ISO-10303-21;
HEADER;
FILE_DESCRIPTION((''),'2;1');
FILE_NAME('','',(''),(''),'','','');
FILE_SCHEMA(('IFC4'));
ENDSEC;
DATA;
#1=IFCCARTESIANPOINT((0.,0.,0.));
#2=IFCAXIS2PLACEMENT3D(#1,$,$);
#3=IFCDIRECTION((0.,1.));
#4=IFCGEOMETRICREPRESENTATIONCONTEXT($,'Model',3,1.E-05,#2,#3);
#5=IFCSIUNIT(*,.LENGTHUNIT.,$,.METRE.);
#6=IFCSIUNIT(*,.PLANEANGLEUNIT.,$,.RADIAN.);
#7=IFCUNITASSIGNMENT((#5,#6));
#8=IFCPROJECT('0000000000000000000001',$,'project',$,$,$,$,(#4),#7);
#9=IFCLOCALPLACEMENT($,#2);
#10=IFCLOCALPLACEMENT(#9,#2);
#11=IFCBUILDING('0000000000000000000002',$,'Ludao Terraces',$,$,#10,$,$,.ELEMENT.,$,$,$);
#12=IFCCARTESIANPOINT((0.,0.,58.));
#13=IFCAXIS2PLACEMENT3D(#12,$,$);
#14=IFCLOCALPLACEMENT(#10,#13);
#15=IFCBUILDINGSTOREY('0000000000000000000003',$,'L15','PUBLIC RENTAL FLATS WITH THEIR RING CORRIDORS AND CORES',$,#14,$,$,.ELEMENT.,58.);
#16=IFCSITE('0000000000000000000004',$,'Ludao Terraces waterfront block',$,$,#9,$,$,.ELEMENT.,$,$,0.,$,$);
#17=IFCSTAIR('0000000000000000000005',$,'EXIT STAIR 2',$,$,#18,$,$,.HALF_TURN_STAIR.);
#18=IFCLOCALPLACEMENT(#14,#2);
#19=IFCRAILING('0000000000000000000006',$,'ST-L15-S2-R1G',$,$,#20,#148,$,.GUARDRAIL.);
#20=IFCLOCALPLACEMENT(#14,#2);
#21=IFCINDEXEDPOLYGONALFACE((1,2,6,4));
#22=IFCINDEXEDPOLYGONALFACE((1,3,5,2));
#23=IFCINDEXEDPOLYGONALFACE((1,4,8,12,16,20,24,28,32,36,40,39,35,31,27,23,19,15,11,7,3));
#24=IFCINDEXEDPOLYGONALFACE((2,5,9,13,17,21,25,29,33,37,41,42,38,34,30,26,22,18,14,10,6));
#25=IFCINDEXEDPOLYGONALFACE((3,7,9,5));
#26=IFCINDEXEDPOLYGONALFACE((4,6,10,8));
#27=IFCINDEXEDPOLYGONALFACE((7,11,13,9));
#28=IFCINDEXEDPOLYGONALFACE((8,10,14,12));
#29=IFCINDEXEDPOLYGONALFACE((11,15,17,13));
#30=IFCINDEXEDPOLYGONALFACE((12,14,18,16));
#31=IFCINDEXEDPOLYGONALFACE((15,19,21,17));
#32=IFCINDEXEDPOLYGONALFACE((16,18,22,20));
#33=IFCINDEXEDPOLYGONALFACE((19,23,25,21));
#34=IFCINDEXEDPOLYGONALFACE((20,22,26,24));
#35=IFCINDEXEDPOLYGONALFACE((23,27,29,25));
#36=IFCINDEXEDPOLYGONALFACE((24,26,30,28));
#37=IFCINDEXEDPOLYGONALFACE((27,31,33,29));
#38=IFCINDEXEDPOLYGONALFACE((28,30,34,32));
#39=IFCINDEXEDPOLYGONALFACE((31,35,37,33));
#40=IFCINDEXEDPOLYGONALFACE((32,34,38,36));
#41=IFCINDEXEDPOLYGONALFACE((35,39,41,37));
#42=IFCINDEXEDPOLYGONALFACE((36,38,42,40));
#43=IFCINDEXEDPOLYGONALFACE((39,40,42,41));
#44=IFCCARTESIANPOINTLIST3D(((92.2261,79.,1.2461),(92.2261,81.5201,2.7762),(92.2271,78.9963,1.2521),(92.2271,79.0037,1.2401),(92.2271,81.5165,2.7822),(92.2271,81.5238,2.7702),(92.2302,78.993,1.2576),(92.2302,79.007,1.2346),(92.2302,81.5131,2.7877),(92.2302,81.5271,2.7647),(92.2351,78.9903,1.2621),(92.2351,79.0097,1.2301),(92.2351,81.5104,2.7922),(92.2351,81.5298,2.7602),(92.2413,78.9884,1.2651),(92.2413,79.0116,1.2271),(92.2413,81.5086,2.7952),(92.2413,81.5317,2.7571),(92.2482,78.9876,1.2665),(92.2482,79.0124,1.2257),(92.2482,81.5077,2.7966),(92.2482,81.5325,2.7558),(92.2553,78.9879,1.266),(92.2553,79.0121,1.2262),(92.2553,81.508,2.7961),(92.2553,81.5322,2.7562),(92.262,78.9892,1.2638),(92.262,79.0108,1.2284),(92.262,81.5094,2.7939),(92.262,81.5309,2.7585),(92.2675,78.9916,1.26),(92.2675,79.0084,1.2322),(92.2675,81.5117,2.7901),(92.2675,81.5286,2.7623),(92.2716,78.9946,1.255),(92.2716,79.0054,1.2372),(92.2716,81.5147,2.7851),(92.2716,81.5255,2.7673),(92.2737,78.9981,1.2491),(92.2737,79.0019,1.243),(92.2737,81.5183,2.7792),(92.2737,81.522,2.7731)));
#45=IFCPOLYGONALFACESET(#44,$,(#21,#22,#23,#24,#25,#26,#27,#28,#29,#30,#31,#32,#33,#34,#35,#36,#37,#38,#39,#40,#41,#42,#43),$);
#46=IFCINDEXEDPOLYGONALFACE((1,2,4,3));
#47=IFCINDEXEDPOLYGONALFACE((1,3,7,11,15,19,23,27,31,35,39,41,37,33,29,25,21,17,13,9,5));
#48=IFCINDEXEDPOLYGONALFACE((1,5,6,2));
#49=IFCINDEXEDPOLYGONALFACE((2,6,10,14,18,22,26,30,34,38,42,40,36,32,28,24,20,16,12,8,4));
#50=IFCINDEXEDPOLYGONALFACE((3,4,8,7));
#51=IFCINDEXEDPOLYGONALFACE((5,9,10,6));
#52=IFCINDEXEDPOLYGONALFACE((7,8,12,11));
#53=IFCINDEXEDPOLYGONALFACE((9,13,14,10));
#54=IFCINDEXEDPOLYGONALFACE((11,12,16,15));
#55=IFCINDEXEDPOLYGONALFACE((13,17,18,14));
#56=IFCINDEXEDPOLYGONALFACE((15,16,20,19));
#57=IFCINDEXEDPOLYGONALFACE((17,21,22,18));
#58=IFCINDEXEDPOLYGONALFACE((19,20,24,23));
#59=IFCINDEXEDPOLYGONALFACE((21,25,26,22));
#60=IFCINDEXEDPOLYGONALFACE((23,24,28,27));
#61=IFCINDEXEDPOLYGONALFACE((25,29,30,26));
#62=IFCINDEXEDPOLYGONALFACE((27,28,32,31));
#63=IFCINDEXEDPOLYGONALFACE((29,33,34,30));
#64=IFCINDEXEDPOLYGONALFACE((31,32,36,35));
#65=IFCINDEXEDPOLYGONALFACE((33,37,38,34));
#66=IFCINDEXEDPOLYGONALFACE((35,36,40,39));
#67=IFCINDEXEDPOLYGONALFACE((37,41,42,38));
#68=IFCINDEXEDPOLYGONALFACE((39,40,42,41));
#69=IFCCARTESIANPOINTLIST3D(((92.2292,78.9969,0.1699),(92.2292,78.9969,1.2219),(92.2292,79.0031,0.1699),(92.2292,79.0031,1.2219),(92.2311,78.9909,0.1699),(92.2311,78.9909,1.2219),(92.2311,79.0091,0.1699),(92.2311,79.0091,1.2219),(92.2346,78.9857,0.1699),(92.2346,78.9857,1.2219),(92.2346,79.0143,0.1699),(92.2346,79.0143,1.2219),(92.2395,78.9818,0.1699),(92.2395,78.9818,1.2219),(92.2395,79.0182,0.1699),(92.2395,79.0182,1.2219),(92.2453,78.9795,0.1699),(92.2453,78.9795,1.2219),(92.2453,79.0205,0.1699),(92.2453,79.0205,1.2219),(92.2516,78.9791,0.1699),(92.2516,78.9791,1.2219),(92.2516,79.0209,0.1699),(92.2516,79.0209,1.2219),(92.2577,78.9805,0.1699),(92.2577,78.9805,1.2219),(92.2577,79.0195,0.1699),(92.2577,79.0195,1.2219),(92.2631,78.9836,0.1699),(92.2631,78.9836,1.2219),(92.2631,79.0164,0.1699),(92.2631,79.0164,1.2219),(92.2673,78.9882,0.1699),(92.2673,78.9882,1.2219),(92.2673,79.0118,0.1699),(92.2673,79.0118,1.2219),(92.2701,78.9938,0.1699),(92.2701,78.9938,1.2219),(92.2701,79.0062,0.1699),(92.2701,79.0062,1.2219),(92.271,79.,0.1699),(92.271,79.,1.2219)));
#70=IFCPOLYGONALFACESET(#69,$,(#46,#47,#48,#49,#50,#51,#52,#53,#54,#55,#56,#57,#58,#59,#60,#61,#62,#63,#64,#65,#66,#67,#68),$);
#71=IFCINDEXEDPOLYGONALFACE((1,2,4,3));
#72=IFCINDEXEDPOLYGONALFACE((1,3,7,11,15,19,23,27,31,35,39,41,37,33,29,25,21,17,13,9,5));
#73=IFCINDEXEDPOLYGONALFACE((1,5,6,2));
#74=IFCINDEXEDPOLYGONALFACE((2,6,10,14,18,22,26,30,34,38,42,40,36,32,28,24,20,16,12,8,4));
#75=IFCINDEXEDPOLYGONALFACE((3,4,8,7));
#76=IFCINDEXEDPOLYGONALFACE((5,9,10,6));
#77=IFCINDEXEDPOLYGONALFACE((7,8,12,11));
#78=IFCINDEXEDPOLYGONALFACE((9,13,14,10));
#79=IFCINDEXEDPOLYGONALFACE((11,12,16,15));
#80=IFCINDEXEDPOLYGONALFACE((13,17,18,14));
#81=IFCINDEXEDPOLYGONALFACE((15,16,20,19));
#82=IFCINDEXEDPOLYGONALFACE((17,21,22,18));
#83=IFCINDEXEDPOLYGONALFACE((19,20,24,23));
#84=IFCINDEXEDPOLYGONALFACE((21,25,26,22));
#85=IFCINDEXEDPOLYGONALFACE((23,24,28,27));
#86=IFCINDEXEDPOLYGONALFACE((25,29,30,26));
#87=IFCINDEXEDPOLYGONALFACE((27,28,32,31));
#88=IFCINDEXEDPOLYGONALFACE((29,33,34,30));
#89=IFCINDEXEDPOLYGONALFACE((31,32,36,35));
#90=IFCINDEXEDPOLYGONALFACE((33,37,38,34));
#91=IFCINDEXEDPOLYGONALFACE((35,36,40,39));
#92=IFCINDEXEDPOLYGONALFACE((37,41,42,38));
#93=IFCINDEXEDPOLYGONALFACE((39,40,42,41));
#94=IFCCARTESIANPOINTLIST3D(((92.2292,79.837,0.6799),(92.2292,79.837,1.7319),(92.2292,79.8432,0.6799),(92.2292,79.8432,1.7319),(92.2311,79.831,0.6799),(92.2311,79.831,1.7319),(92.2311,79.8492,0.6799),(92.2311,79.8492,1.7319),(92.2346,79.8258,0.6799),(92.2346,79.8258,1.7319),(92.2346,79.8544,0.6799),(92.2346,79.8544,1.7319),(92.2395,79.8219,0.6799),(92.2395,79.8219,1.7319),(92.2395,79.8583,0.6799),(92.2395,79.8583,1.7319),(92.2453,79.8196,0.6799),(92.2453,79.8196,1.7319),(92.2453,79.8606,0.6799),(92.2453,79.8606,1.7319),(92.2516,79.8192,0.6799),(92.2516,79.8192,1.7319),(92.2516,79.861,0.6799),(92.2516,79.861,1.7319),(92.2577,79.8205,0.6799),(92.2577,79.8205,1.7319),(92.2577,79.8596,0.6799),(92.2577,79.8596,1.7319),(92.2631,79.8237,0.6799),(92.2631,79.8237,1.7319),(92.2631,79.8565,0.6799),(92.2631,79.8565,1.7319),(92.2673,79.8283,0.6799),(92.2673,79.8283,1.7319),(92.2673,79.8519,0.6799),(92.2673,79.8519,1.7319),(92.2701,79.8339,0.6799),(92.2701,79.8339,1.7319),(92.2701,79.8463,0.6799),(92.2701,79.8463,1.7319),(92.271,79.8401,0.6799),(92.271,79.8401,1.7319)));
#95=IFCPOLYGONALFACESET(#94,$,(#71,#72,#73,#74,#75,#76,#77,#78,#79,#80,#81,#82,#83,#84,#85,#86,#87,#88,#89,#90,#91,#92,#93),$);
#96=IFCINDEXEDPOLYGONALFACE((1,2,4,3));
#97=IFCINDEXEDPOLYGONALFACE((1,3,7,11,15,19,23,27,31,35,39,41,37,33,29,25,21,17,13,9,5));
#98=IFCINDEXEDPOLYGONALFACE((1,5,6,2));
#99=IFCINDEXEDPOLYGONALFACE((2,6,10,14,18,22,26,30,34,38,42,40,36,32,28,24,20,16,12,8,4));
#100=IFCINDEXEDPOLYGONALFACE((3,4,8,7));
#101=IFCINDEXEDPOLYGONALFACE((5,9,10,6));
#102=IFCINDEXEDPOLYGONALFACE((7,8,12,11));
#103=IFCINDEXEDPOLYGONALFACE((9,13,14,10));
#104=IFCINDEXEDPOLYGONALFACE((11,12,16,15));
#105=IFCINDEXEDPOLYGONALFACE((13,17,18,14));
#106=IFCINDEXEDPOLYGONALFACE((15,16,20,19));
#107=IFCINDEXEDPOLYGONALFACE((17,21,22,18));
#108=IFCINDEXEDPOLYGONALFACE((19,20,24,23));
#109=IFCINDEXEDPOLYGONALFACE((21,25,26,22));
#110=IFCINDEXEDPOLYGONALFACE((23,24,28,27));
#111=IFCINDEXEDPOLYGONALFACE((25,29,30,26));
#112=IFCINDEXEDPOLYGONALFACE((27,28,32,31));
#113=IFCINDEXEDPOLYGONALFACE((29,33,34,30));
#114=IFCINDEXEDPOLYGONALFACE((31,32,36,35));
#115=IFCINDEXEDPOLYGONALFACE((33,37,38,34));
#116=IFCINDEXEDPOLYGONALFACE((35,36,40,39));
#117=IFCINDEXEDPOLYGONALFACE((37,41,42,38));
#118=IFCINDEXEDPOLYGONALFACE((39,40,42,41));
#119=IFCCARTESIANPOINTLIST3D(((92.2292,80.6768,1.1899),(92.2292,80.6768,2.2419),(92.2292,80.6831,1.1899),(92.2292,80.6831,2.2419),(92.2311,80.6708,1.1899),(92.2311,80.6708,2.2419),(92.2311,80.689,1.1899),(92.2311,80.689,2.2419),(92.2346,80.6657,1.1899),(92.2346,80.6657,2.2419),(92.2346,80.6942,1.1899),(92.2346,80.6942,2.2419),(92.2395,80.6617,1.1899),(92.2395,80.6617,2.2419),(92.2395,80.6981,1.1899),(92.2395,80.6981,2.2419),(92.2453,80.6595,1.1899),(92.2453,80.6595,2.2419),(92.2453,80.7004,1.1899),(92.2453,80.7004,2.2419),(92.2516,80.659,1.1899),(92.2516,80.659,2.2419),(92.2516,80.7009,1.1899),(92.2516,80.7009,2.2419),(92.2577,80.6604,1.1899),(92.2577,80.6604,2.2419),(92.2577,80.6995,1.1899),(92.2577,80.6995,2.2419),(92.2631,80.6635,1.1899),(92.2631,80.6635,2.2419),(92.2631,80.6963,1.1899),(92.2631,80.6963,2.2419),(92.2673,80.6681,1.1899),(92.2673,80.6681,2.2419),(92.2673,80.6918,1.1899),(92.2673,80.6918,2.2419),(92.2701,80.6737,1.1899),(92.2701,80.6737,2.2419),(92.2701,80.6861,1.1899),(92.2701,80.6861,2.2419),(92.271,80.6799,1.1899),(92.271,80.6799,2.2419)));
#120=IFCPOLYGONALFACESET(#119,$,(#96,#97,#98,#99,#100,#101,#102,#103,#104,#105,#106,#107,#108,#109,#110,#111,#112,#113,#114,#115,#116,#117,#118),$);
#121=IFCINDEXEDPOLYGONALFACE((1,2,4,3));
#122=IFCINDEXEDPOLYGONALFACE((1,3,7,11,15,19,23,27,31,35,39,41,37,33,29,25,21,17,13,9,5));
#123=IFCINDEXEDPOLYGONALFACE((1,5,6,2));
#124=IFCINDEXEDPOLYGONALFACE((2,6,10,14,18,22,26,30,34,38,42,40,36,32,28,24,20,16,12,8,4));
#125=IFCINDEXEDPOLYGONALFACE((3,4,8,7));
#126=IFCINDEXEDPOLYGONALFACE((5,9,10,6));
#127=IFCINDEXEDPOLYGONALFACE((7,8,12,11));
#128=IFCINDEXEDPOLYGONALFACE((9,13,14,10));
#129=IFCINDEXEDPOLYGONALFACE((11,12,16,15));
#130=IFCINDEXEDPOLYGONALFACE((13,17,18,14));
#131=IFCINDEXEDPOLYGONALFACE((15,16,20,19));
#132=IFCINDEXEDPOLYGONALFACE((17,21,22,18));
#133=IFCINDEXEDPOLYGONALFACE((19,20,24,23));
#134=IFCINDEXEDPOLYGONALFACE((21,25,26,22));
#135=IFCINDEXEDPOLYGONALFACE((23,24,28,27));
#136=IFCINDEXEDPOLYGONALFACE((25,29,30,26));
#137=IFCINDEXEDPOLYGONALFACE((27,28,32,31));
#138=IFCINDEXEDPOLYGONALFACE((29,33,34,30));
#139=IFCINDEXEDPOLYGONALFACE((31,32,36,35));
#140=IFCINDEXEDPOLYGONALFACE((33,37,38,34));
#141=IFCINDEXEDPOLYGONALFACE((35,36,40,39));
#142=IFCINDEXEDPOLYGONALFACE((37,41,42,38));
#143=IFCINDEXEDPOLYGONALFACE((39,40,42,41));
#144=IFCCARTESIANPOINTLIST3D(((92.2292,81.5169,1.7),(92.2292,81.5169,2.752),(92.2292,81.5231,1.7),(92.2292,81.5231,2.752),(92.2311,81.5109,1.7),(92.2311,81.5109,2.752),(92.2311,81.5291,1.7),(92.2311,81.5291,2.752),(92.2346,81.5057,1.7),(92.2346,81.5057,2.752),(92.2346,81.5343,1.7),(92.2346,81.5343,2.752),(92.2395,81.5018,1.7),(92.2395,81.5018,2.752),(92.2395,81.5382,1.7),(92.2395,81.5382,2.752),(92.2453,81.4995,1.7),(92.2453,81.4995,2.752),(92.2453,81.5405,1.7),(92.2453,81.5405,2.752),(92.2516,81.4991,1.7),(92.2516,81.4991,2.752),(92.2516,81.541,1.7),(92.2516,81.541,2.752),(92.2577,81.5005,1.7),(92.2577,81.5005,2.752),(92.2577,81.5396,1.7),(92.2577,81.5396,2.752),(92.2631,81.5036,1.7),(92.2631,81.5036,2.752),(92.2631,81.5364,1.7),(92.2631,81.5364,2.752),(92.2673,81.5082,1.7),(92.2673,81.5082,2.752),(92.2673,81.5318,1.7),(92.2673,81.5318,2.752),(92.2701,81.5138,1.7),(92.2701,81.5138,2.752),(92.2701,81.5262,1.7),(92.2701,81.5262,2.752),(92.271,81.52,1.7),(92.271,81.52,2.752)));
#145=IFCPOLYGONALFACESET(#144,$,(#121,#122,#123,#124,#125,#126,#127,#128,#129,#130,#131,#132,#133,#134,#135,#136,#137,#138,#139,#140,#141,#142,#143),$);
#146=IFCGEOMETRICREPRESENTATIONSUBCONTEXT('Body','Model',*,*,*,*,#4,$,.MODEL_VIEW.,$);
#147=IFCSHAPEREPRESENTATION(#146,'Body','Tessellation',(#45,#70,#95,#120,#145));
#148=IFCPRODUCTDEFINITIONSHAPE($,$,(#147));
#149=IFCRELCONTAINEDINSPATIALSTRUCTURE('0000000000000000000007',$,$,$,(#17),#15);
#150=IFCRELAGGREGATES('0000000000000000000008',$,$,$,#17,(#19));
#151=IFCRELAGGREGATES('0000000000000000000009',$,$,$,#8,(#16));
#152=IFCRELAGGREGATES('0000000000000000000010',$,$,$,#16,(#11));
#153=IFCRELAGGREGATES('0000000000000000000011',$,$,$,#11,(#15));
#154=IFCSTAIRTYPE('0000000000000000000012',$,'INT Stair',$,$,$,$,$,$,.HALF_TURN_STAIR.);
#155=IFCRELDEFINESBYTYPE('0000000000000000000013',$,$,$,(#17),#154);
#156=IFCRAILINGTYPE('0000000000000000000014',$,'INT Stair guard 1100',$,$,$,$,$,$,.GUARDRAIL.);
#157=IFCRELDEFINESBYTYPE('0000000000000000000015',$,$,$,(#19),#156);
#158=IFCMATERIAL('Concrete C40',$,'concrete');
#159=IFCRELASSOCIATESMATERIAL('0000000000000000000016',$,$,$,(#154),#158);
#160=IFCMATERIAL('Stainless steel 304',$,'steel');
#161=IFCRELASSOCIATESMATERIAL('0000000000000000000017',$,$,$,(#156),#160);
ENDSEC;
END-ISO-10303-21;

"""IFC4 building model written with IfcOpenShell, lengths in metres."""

from ifc_helpers import new_model, si_unit, direction, frame, origin, origin_2d, place, context, subcontext, project, spatial, circle, extrude, material, type_object, element, aggregate, save


model = new_model("IFC4")

# Units and contexts
model_context = context("Model", 3, precision=1e-05, world=origin(), true_north=direction((0.0, 1.0)))
body_context = subcontext(model_context, "Body", "Model", "MODEL_VIEW")
ifc_project = project(units=[si_unit("LENGTHUNIT", "METRE"), si_unit("PLANEANGLEUNIT", "RADIAN")], contexts=[model_context])

# Site, building, storey
site_placement = place(None, origin())
site = spatial("IfcSite", under=ifc_project, at=site_placement, Name="Ludao Terraces waterfront block", CompositionType="ELEMENT", RefElevation=0.0)
building_placement = place(site_placement, origin())
building = spatial("IfcBuilding", under=site, at=building_placement, Name="Ludao Terraces", CompositionType="ELEMENT")
storey_placement = place(building_placement, frame((0.0, 0.0, 58.0)))
storey = spatial("IfcBuildingStorey", under=building, at=storey_placement, Name="L15", Description="PUBLIC RENTAL FLATS WITH THEIR RING CORRIDORS AND CORES", CompositionType="ELEMENT", Elevation=58.0)

# Shared definitions
ifc_material_1 = material(Name="Stainless steel 304", Category="steel")

# Stair, railing
ifc_material_2 = material(Name="Concrete C40", Category="concrete")
stair_type = type_object("IfcStairType", Name="INT Stair", PredefinedType="HALF_TURN_STAIR", material=ifc_material_2)
stair_placement = place(storey_placement, origin())
stair = element("IfcStair", 1, at=stair_placement, inside=storey, type_object=stair_type, Name="EXIT STAIR 2", PredefinedType="HALF_TURN_STAIR")
railing_type_1 = type_object("IfcRailingType", Name="INT Stair guard 1100", PredefinedType="GUARDRAIL", material=ifc_material_1)
railing_1_placement = place(storey_placement, frame((92.25, 79.0, 0.1699)))
railing_1 = element("IfcRailing", 2, at=railing_1_placement, type_object=railing_type_1, Name="ST-L15-S2-R1G", PredefinedType="GUARDRAIL", context=body_context, shape_type="SweptSolid", body=[
    extrude(circle(Radius=0.0239, at=origin_2d()), frame((0.0, 0.0, 1.0762), z_axis=(0.0, 0.854785, 0.518982), x_axis=(-1.0, 0.0, 0.0)), (0.0, 0.0, 1.0), 2.9482),
    extrude(circle(Radius=0.021, at=origin_2d()), origin(), (0.0, 0.0, 1.0), 1.052),
    extrude(circle(Radius=0.021, at=origin_2d()), frame((0.0, 0.8401, 0.51)), (0.0, 0.0, 1.0), 1.052),
    extrude(circle(Radius=0.021, at=origin_2d()), frame((0.0, 1.6799, 1.02)), (0.0, 0.0, 1.0), 1.052),
    extrude(circle(Radius=0.021, at=origin_2d()), frame((0.0, 2.52, 1.53)), (0.0, 0.0, 1.0), 1.052),
])
aggregate(stair, [railing_1])

save(model, "model.ifc")
